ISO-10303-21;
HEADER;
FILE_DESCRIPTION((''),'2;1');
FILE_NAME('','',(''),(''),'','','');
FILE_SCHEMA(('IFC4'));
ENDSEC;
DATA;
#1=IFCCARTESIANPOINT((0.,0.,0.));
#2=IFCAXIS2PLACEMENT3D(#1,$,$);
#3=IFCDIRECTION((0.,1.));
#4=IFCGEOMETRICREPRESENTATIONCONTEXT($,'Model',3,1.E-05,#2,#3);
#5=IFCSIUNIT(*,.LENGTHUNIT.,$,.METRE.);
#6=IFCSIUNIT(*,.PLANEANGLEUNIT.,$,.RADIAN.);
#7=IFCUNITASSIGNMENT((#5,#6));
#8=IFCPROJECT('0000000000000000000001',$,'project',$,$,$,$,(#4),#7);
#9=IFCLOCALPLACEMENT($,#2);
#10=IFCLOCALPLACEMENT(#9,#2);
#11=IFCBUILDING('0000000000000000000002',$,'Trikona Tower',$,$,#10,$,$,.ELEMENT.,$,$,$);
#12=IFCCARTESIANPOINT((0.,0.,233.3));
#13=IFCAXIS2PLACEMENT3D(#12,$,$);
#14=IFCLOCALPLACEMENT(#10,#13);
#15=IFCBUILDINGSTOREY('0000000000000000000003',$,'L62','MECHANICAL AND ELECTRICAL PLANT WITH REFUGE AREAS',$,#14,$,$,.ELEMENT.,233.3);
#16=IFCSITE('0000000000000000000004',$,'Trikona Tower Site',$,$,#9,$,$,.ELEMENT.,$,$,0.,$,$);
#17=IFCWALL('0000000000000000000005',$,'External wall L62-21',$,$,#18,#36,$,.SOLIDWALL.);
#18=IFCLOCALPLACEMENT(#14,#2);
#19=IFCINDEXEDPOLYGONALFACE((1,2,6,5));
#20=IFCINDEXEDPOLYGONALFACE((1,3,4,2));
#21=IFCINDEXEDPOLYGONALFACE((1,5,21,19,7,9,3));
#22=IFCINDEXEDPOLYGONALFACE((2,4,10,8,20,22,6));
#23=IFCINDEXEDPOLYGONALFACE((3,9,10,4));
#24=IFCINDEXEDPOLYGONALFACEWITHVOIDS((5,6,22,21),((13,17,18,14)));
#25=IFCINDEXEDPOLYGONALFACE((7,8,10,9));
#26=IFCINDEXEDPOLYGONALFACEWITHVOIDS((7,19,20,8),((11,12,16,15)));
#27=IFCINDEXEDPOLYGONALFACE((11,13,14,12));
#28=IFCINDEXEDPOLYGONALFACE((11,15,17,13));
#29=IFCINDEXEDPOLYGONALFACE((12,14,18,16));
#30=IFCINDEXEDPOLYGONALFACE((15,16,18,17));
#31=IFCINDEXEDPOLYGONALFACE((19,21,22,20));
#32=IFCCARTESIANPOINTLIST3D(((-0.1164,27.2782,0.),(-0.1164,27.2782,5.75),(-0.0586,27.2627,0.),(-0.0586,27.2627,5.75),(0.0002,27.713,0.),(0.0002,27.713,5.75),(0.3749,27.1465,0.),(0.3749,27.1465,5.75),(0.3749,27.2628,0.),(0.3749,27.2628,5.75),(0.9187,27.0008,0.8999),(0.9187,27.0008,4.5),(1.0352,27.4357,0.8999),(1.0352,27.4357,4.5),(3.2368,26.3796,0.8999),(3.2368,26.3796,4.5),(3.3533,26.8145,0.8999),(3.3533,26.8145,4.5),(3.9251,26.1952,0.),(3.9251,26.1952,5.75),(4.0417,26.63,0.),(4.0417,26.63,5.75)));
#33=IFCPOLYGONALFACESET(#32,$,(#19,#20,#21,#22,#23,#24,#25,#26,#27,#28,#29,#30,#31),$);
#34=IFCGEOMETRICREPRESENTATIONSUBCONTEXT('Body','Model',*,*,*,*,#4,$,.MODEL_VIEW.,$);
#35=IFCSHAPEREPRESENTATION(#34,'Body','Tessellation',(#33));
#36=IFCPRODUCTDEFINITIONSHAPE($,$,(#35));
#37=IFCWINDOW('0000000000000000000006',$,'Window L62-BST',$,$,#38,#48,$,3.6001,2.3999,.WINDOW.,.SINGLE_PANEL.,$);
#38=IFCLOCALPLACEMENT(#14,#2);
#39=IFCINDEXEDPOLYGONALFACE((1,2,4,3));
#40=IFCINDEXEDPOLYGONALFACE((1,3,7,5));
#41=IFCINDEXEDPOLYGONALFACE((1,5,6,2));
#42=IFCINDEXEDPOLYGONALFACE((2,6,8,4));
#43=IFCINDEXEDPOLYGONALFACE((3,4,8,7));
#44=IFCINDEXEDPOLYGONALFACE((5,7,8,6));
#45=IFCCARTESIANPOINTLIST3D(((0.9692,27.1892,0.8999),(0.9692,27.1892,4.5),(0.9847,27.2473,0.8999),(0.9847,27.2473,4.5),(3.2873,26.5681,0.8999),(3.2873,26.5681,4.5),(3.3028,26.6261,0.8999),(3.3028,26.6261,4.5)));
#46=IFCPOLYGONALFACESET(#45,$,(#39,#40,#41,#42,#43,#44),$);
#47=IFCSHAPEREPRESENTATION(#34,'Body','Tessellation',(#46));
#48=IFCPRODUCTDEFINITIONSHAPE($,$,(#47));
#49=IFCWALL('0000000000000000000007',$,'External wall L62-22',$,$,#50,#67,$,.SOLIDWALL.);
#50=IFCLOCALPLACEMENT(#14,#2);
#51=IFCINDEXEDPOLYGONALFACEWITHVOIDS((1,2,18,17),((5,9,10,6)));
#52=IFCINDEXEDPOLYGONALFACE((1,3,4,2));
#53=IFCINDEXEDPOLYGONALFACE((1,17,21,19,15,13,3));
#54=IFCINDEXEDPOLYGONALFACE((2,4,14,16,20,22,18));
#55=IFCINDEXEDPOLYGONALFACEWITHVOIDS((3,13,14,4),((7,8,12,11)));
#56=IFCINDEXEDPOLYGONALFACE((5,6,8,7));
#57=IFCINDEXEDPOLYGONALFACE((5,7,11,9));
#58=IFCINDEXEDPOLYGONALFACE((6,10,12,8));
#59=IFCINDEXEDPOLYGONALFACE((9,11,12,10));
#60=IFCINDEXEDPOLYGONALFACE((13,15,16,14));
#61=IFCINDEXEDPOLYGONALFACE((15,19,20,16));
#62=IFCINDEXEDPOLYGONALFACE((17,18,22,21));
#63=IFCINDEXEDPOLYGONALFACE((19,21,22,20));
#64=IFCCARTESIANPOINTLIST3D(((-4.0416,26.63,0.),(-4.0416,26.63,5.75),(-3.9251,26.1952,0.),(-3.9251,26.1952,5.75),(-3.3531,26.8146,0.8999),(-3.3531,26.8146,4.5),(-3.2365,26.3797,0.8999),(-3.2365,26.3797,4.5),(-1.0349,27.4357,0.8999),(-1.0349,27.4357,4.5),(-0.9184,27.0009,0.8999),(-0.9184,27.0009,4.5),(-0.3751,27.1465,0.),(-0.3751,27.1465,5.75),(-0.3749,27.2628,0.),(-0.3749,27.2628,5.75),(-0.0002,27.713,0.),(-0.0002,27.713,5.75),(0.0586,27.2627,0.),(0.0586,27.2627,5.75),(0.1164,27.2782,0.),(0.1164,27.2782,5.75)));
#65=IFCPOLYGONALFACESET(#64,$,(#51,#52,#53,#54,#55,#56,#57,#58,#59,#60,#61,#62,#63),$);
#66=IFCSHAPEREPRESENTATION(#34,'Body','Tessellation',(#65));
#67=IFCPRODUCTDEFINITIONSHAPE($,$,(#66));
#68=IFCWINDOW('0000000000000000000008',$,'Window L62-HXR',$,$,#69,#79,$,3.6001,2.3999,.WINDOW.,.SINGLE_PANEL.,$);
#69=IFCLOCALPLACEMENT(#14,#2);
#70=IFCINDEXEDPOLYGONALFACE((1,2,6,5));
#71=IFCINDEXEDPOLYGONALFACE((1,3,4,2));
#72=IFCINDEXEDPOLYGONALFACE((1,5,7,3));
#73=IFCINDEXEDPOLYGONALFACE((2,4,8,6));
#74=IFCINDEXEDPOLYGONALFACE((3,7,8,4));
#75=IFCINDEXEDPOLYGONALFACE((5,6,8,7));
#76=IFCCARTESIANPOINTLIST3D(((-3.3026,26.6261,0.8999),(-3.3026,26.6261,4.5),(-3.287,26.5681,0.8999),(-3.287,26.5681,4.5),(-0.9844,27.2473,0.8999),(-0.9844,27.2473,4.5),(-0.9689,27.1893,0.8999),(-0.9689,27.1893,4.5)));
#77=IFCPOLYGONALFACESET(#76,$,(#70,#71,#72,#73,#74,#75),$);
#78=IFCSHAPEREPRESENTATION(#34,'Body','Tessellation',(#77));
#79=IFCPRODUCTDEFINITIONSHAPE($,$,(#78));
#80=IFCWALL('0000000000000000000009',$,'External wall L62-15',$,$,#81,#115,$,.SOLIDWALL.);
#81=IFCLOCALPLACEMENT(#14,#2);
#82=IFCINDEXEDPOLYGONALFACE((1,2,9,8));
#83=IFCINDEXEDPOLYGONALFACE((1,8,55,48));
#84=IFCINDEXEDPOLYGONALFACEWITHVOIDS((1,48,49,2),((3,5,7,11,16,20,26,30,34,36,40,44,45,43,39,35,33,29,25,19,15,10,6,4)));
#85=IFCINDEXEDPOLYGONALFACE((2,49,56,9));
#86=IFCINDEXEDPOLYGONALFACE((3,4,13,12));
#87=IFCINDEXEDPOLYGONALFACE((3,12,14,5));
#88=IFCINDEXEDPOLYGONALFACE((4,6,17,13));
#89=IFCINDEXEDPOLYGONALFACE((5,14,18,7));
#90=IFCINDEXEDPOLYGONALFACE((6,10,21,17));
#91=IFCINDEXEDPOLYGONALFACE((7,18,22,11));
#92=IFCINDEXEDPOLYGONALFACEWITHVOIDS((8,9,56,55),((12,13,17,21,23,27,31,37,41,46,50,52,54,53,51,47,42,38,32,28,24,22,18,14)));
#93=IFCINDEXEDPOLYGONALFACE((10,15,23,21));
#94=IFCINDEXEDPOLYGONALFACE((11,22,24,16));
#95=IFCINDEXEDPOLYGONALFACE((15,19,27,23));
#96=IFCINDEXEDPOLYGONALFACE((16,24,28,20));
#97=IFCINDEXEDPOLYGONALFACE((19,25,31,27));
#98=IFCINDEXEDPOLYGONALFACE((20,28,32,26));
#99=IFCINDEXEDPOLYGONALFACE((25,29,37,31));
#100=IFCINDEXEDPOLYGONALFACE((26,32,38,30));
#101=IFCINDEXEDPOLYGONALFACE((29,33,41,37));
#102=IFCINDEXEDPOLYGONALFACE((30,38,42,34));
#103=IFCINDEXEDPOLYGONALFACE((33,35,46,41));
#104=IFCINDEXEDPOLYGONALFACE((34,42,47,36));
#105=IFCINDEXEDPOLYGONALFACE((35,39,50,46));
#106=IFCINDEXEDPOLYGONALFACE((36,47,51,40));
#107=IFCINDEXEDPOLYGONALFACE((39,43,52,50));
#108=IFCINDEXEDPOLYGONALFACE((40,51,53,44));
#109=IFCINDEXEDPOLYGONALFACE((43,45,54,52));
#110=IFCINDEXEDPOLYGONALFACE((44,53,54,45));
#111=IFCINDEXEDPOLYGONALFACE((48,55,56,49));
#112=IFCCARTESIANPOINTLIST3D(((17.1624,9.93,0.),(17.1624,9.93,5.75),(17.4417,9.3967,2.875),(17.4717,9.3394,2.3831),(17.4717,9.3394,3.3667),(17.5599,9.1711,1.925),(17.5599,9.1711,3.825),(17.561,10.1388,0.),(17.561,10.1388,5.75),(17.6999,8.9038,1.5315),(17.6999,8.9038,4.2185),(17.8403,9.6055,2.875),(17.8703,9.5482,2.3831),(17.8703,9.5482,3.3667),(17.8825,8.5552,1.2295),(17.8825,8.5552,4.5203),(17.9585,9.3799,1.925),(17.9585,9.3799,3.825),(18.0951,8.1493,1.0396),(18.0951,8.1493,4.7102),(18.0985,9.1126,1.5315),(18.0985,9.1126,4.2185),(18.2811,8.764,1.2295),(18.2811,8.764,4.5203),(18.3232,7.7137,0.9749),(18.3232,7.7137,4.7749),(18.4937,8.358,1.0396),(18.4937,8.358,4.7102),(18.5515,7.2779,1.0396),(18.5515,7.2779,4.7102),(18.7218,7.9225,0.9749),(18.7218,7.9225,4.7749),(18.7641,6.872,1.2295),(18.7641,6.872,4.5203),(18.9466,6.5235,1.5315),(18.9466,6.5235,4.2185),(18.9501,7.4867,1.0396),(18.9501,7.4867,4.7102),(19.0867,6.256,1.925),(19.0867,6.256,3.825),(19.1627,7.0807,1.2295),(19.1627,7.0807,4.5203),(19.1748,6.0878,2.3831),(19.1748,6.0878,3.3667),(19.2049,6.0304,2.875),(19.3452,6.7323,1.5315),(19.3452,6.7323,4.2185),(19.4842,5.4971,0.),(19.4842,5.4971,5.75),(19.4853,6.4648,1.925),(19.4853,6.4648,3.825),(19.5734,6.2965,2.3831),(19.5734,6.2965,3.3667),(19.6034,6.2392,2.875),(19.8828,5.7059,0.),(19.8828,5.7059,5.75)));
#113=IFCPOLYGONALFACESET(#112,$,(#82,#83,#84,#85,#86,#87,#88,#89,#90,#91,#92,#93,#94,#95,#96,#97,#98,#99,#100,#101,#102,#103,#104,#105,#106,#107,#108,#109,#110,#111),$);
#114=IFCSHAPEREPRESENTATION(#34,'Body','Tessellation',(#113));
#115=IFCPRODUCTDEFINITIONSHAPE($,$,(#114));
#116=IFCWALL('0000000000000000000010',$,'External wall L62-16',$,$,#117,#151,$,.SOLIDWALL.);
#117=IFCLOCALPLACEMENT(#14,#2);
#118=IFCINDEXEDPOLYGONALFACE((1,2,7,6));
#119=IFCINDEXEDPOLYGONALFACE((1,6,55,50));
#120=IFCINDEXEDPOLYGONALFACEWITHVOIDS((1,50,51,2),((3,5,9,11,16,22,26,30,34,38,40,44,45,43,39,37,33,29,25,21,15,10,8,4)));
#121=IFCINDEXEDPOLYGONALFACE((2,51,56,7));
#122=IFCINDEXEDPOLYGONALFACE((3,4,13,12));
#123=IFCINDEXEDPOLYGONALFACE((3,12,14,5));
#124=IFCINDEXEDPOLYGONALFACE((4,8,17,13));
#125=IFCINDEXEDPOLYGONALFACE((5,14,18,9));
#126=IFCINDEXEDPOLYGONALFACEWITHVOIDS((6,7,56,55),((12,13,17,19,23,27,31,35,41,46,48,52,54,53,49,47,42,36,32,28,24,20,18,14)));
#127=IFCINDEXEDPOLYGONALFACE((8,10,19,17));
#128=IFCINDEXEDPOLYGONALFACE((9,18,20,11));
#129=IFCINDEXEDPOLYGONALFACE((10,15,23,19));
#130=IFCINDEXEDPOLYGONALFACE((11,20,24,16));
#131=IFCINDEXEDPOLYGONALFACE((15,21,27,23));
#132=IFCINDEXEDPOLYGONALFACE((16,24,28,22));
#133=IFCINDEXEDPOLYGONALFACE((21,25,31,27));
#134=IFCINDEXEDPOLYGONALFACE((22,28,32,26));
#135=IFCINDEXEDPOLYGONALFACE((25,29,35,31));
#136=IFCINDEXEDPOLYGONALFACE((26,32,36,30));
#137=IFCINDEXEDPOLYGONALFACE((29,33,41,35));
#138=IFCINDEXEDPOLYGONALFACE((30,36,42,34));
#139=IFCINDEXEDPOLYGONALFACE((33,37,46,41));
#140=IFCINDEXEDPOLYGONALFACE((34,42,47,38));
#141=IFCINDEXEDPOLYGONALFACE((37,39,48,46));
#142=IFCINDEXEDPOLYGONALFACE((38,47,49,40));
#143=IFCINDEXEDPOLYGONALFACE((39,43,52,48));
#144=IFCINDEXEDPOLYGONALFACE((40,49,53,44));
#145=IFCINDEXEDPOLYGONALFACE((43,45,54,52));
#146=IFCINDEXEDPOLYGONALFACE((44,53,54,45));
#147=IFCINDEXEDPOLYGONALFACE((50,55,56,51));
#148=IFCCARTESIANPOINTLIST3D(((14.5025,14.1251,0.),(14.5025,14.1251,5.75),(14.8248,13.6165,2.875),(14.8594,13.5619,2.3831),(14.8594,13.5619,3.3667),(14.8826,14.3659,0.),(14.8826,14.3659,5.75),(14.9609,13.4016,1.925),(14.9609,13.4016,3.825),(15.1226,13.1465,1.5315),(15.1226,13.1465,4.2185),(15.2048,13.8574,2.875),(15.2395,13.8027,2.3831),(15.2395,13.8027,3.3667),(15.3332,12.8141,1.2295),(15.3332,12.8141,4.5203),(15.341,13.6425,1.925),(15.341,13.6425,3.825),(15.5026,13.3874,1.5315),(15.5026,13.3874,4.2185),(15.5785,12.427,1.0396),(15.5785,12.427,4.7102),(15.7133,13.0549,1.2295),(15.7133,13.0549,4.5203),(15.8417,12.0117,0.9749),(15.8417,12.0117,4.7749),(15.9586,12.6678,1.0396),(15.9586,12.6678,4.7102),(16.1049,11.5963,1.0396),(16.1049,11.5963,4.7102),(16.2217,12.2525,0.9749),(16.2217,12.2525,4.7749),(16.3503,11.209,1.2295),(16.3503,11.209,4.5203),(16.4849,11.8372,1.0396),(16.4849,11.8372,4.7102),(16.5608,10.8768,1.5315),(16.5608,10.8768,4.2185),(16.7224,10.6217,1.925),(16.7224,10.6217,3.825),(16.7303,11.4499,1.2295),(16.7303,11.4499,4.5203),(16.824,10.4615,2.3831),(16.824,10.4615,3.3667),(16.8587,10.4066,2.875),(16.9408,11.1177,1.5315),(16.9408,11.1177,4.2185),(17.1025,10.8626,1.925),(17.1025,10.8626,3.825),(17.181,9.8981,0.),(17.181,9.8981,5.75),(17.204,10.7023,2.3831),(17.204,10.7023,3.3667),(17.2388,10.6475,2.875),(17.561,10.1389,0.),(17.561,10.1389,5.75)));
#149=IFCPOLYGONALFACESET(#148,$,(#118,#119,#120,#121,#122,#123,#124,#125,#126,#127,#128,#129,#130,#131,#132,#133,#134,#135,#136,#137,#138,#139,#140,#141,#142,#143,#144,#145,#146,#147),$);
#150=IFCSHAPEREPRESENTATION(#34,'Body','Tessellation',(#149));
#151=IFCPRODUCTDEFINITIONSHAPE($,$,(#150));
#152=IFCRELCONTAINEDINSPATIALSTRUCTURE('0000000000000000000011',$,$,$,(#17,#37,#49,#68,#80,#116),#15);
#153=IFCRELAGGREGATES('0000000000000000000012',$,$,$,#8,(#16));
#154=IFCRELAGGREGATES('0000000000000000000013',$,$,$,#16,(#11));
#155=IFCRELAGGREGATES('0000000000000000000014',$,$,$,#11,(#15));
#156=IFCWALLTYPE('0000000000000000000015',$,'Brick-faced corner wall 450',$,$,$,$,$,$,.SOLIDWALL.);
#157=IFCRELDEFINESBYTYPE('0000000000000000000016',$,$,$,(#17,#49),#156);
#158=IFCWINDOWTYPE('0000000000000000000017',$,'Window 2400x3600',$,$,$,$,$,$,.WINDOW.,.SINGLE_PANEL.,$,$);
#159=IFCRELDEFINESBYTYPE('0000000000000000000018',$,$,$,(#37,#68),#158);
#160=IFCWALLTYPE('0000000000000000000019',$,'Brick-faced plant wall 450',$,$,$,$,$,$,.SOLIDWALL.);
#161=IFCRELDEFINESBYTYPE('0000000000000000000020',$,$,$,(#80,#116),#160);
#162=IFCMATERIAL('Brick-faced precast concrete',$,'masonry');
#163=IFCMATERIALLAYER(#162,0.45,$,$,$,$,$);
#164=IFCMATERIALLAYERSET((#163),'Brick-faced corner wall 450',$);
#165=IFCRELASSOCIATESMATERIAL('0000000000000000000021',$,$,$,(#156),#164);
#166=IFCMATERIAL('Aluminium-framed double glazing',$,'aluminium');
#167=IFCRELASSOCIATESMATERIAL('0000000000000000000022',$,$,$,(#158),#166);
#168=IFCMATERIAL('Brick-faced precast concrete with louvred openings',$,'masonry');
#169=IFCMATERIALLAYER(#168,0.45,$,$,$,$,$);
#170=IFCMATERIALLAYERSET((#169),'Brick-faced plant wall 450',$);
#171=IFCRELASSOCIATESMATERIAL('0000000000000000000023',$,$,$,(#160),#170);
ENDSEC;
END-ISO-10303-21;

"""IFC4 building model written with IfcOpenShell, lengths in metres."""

from ifc_helpers import new_model, si_unit, direction, frame, frame_2d, origin, place, context, subcontext, project, spatial, polyline, rectangle, outline, extrude, material, layer, layer_set, type_object, element, fill, save


model = new_model("IFC4")

# Units and contexts
model_context = context("Model", 3, precision=1e-05, world=origin(), true_north=direction((0.0, 1.0)))
body_context = subcontext(model_context, "Body", "Model", "MODEL_VIEW")
ifc_project = project(units=[si_unit("LENGTHUNIT", "METRE"), si_unit("PLANEANGLEUNIT", "RADIAN")], contexts=[model_context])

# Site, building, storey
site_placement = place(None, origin())
site = spatial("IfcSite", under=ifc_project, at=site_placement, Name="Trikona Tower Site", CompositionType="ELEMENT", RefElevation=0.0)
building_placement = place(site_placement, origin())
building = spatial("IfcBuilding", under=site, at=building_placement, Name="Trikona Tower", CompositionType="ELEMENT")
storey_placement = place(building_placement, frame((0.0, 0.0, 233.3)))
storey = spatial("IfcBuildingStorey", under=building, at=storey_placement, Name="L62", Description="MECHANICAL AND ELECTRICAL PLANT WITH REFUGE AREAS", CompositionType="ELEMENT", Elevation=233.3)

# Walls, openings, windows
ifc_material_1 = material(Name="Brick-faced precast concrete", Category="masonry")
ifc_layer_1 = layer(ifc_material_1, 0.45)
ifc_layer_set_1 = layer_set([ifc_layer_1], Name="Brick-faced corner wall 450")
wall_type_1 = type_object("IfcWallType", Name="Brick-faced corner wall 450", PredefinedType="SOLIDWALL", material=ifc_layer_set_1)
wall_1_placement = place(storey_placement, frame((3.9834, 26.4126, 0.0), z_axis=(0.0, 0.0, 1.0), x_axis=(-0.96592, 0.258839, 0.0)))
wall_1 = element("IfcWall", 1, at=wall_1_placement, inside=storey, type_object=wall_type_1, Name="External wall L62-21", PredefinedType="SOLIDWALL", context=body_context, shape_type="SweptSolid", body=[
    extrude(outline(polyline([(4.1841, 0.2251), (4.1243, 0.2251), (3.7056, 0.1128), (3.6755, 0.2251), (0.0, 0.2251), (0.0, -0.2251), (4.1841, -0.2251), (4.1841, 0.2251)])), origin(), (0.0, 0.0, 1.0), 5.75),
])
opening_1_placement = place(wall_1_placement, frame((0.7126, 0.0, 0.8999)))
opening_1 = element("IfcOpeningElement", 2, at=opening_1_placement, cuts=wall_1, PredefinedType="OPENING", context=body_context, shape_type="SweptSolid", body=[
    extrude(rectangle(XDim=2.3999, YDim=3.6001, at=frame_2d((1.2, 1.8))), frame((0.0, 0.2349, 0.0), z_axis=(0.0, -1.0, 0.0), x_axis=(1.0, 0.0, 0.0)), (0.0, 0.0, 1.0), 0.47),
])
ifc_material_2 = material(Name="Aluminium-framed double glazing", Category="aluminium")
window_type_1 = type_object("IfcWindowType", Name="Window 2400x3600", PartitioningType="SINGLE_PANEL", PredefinedType="WINDOW", material=ifc_material_2)
window_1_placement = place(opening_1_placement, origin())
window_1 = element("IfcWindow", 3, at=window_1_placement, inside=storey, type_object=window_type_1, Name="Window L62-BST", OverallHeight=3.6001, OverallWidth=2.3999, PartitioningType="SINGLE_PANEL", PredefinedType="WINDOW", context=body_context, shape_type="SweptSolid", body=[
    extrude(rectangle(XDim=2.3999, YDim=3.6001, at=frame_2d((1.2, 1.8))), frame((0.0, 0.03, 0.0), z_axis=(0.0, -1.0, 0.0), x_axis=(1.0, 0.0, 0.0)), (0.0, 0.0, 1.0), 0.0601),
])
fill(opening_1, window_1)
wall_2_placement = place(storey_placement, frame((0.0581, 27.4956, 0.0), z_axis=(0.0, 0.0, 1.0), x_axis=(-0.96592, -0.258839, 0.0)))
wall_2 = element("IfcWall", 4, at=wall_2_placement, inside=storey, type_object=wall_type_1, Name="External wall L62-22", PredefinedType="SOLIDWALL", context=body_context, shape_type="SweptSolid", body=[
    extrude(outline(polyline([(4.1841, 0.2251), (0.5088, 0.2251), (0.4785, 0.1128), (0.0598, 0.2251), (0.0, 0.2251), (0.0, -0.2251), (4.1841, -0.2251), (4.1841, 0.2251)])), origin(), (0.0, 0.0, 1.0), 5.75),
])
opening_2_placement = place(wall_2_placement, frame((1.0713, 0.0, 0.8999)))
opening_2 = element("IfcOpeningElement", 5, at=opening_2_placement, cuts=wall_2, PredefinedType="OPENING", context=body_context, shape_type="SweptSolid", body=[
    extrude(rectangle(XDim=2.3999, YDim=3.6001, at=frame_2d((1.2, 1.8))), frame((0.0, 0.2349, 0.0), z_axis=(0.0, -1.0, 0.0), x_axis=(1.0, 0.0, 0.0)), (0.0, 0.0, 1.0), 0.47),
])
window_2_placement = place(opening_2_placement, origin())
window_2 = element("IfcWindow", 6, at=window_2_placement, inside=storey, type_object=window_type_1, Name="Window L62-HXR", OverallHeight=3.6001, OverallWidth=2.3999, PartitioningType="SINGLE_PANEL", PredefinedType="WINDOW", context=body_context, shape_type="SweptSolid", body=[
    extrude(rectangle(XDim=2.3999, YDim=3.6001, at=frame_2d((1.2, 1.8))), frame((0.0, 0.03, 0.0), z_axis=(0.0, -1.0, 0.0), x_axis=(1.0, 0.0, 0.0)), (0.0, 0.0, 1.0), 0.0601),
])
fill(opening_2, window_2)

# Walls
ifc_material_3 = material(Name="Brick-faced precast concrete with louvred openings", Category="masonry")
ifc_layer_2 = layer(ifc_material_3, 0.45)
ifc_layer_set_2 = layer_set([ifc_layer_2], Name="Brick-faced plant wall 450")
wall_type_2 = type_object("IfcWallType", Name="Brick-faced plant wall 450", PredefinedType="SOLIDWALL", material=ifc_layer_set_2)
wall_3_placement = place(storey_placement, frame((19.6836, 5.6016, 0.0), z_axis=(0.0, 0.0, 1.0), x_axis=(-0.463976, 0.885848, 0.0)))
element("IfcWall", 7, at=wall_3_placement, inside=storey, type_object=wall_type_2, Name="External wall L62-15", PredefinedType="SOLIDWALL", context=body_context, shape_type="SweptSolid", body=[
    extrude(outline(polyline([(0.0, 0.0), (5.0042, 0.0), (5.0042, 5.75), (0.0, 5.75), (0.0, 0.0)]), holes=[polyline([(4.4021, 2.875), (4.3374, 3.3667), (4.1475, 3.825), (3.8457, 4.2185), (3.4521, 4.5203), (2.9939, 4.7102), (2.5022, 4.7749), (2.0103, 4.7102), (1.552, 4.5203), (1.1587, 4.2185), (0.8567, 3.825), (0.6667, 3.3667), (0.6021, 2.875), (0.6667, 2.3831), (0.8567, 1.925), (1.1587, 1.5315), (1.552, 1.2295), (2.0103, 1.0396), (2.5022, 0.9749), (2.9939, 1.0396), (3.4521, 1.2295), (3.8457, 1.5315), (4.1475, 1.925), (4.3374, 2.3831), (4.4021, 2.875)])]), frame((0.0, 0.2251, 0.0), z_axis=(0.0, -1.0, 0.0), x_axis=(1.0, 0.0, 0.0)), (0.0, 0.0, 1.0), 0.45),
])
wall_4_placement = place(storey_placement, frame((17.3711, 10.0186, 0.0), z_axis=(0.0, 0.0, 1.0), x_axis=(-0.535242, 0.844698, 0.0)))
element("IfcWall", 8, at=wall_4_placement, inside=storey, type_object=wall_type_2, Name="External wall L62-16", PredefinedType="SOLIDWALL", context=body_context, shape_type="SweptSolid", body=[
    extrude(outline(polyline([(0.0, 0.0), (5.0042, 0.0), (5.0042, 5.75), (0.0, 5.75), (0.0, 0.0)]), holes=[polyline([(4.4021, 2.875), (4.3374, 3.3667), (4.1477, 3.825), (3.8457, 4.2185), (3.4521, 4.5203), (2.9939, 4.7102), (2.5022, 4.7749), (2.0105, 4.7102), (1.552, 4.5203), (1.1587, 4.2185), (0.8567, 3.825), (0.667, 3.3667), (0.6021, 2.875), (0.667, 2.3831), (0.8567, 1.925), (1.1587, 1.5315), (1.552, 1.2295), (2.0105, 1.0396), (2.5022, 0.9749), (2.9939, 1.0396), (3.4521, 1.2295), (3.8457, 1.5315), (4.1477, 1.925), (4.3374, 2.3831), (4.4021, 2.875)])]), frame((0.0, 0.2251, 0.0), z_axis=(0.0, -1.0, 0.0), x_axis=(1.0, 0.0, 0.0)), (0.0, 0.0, 1.0), 0.45),
])

save(model, "model.ifc")
